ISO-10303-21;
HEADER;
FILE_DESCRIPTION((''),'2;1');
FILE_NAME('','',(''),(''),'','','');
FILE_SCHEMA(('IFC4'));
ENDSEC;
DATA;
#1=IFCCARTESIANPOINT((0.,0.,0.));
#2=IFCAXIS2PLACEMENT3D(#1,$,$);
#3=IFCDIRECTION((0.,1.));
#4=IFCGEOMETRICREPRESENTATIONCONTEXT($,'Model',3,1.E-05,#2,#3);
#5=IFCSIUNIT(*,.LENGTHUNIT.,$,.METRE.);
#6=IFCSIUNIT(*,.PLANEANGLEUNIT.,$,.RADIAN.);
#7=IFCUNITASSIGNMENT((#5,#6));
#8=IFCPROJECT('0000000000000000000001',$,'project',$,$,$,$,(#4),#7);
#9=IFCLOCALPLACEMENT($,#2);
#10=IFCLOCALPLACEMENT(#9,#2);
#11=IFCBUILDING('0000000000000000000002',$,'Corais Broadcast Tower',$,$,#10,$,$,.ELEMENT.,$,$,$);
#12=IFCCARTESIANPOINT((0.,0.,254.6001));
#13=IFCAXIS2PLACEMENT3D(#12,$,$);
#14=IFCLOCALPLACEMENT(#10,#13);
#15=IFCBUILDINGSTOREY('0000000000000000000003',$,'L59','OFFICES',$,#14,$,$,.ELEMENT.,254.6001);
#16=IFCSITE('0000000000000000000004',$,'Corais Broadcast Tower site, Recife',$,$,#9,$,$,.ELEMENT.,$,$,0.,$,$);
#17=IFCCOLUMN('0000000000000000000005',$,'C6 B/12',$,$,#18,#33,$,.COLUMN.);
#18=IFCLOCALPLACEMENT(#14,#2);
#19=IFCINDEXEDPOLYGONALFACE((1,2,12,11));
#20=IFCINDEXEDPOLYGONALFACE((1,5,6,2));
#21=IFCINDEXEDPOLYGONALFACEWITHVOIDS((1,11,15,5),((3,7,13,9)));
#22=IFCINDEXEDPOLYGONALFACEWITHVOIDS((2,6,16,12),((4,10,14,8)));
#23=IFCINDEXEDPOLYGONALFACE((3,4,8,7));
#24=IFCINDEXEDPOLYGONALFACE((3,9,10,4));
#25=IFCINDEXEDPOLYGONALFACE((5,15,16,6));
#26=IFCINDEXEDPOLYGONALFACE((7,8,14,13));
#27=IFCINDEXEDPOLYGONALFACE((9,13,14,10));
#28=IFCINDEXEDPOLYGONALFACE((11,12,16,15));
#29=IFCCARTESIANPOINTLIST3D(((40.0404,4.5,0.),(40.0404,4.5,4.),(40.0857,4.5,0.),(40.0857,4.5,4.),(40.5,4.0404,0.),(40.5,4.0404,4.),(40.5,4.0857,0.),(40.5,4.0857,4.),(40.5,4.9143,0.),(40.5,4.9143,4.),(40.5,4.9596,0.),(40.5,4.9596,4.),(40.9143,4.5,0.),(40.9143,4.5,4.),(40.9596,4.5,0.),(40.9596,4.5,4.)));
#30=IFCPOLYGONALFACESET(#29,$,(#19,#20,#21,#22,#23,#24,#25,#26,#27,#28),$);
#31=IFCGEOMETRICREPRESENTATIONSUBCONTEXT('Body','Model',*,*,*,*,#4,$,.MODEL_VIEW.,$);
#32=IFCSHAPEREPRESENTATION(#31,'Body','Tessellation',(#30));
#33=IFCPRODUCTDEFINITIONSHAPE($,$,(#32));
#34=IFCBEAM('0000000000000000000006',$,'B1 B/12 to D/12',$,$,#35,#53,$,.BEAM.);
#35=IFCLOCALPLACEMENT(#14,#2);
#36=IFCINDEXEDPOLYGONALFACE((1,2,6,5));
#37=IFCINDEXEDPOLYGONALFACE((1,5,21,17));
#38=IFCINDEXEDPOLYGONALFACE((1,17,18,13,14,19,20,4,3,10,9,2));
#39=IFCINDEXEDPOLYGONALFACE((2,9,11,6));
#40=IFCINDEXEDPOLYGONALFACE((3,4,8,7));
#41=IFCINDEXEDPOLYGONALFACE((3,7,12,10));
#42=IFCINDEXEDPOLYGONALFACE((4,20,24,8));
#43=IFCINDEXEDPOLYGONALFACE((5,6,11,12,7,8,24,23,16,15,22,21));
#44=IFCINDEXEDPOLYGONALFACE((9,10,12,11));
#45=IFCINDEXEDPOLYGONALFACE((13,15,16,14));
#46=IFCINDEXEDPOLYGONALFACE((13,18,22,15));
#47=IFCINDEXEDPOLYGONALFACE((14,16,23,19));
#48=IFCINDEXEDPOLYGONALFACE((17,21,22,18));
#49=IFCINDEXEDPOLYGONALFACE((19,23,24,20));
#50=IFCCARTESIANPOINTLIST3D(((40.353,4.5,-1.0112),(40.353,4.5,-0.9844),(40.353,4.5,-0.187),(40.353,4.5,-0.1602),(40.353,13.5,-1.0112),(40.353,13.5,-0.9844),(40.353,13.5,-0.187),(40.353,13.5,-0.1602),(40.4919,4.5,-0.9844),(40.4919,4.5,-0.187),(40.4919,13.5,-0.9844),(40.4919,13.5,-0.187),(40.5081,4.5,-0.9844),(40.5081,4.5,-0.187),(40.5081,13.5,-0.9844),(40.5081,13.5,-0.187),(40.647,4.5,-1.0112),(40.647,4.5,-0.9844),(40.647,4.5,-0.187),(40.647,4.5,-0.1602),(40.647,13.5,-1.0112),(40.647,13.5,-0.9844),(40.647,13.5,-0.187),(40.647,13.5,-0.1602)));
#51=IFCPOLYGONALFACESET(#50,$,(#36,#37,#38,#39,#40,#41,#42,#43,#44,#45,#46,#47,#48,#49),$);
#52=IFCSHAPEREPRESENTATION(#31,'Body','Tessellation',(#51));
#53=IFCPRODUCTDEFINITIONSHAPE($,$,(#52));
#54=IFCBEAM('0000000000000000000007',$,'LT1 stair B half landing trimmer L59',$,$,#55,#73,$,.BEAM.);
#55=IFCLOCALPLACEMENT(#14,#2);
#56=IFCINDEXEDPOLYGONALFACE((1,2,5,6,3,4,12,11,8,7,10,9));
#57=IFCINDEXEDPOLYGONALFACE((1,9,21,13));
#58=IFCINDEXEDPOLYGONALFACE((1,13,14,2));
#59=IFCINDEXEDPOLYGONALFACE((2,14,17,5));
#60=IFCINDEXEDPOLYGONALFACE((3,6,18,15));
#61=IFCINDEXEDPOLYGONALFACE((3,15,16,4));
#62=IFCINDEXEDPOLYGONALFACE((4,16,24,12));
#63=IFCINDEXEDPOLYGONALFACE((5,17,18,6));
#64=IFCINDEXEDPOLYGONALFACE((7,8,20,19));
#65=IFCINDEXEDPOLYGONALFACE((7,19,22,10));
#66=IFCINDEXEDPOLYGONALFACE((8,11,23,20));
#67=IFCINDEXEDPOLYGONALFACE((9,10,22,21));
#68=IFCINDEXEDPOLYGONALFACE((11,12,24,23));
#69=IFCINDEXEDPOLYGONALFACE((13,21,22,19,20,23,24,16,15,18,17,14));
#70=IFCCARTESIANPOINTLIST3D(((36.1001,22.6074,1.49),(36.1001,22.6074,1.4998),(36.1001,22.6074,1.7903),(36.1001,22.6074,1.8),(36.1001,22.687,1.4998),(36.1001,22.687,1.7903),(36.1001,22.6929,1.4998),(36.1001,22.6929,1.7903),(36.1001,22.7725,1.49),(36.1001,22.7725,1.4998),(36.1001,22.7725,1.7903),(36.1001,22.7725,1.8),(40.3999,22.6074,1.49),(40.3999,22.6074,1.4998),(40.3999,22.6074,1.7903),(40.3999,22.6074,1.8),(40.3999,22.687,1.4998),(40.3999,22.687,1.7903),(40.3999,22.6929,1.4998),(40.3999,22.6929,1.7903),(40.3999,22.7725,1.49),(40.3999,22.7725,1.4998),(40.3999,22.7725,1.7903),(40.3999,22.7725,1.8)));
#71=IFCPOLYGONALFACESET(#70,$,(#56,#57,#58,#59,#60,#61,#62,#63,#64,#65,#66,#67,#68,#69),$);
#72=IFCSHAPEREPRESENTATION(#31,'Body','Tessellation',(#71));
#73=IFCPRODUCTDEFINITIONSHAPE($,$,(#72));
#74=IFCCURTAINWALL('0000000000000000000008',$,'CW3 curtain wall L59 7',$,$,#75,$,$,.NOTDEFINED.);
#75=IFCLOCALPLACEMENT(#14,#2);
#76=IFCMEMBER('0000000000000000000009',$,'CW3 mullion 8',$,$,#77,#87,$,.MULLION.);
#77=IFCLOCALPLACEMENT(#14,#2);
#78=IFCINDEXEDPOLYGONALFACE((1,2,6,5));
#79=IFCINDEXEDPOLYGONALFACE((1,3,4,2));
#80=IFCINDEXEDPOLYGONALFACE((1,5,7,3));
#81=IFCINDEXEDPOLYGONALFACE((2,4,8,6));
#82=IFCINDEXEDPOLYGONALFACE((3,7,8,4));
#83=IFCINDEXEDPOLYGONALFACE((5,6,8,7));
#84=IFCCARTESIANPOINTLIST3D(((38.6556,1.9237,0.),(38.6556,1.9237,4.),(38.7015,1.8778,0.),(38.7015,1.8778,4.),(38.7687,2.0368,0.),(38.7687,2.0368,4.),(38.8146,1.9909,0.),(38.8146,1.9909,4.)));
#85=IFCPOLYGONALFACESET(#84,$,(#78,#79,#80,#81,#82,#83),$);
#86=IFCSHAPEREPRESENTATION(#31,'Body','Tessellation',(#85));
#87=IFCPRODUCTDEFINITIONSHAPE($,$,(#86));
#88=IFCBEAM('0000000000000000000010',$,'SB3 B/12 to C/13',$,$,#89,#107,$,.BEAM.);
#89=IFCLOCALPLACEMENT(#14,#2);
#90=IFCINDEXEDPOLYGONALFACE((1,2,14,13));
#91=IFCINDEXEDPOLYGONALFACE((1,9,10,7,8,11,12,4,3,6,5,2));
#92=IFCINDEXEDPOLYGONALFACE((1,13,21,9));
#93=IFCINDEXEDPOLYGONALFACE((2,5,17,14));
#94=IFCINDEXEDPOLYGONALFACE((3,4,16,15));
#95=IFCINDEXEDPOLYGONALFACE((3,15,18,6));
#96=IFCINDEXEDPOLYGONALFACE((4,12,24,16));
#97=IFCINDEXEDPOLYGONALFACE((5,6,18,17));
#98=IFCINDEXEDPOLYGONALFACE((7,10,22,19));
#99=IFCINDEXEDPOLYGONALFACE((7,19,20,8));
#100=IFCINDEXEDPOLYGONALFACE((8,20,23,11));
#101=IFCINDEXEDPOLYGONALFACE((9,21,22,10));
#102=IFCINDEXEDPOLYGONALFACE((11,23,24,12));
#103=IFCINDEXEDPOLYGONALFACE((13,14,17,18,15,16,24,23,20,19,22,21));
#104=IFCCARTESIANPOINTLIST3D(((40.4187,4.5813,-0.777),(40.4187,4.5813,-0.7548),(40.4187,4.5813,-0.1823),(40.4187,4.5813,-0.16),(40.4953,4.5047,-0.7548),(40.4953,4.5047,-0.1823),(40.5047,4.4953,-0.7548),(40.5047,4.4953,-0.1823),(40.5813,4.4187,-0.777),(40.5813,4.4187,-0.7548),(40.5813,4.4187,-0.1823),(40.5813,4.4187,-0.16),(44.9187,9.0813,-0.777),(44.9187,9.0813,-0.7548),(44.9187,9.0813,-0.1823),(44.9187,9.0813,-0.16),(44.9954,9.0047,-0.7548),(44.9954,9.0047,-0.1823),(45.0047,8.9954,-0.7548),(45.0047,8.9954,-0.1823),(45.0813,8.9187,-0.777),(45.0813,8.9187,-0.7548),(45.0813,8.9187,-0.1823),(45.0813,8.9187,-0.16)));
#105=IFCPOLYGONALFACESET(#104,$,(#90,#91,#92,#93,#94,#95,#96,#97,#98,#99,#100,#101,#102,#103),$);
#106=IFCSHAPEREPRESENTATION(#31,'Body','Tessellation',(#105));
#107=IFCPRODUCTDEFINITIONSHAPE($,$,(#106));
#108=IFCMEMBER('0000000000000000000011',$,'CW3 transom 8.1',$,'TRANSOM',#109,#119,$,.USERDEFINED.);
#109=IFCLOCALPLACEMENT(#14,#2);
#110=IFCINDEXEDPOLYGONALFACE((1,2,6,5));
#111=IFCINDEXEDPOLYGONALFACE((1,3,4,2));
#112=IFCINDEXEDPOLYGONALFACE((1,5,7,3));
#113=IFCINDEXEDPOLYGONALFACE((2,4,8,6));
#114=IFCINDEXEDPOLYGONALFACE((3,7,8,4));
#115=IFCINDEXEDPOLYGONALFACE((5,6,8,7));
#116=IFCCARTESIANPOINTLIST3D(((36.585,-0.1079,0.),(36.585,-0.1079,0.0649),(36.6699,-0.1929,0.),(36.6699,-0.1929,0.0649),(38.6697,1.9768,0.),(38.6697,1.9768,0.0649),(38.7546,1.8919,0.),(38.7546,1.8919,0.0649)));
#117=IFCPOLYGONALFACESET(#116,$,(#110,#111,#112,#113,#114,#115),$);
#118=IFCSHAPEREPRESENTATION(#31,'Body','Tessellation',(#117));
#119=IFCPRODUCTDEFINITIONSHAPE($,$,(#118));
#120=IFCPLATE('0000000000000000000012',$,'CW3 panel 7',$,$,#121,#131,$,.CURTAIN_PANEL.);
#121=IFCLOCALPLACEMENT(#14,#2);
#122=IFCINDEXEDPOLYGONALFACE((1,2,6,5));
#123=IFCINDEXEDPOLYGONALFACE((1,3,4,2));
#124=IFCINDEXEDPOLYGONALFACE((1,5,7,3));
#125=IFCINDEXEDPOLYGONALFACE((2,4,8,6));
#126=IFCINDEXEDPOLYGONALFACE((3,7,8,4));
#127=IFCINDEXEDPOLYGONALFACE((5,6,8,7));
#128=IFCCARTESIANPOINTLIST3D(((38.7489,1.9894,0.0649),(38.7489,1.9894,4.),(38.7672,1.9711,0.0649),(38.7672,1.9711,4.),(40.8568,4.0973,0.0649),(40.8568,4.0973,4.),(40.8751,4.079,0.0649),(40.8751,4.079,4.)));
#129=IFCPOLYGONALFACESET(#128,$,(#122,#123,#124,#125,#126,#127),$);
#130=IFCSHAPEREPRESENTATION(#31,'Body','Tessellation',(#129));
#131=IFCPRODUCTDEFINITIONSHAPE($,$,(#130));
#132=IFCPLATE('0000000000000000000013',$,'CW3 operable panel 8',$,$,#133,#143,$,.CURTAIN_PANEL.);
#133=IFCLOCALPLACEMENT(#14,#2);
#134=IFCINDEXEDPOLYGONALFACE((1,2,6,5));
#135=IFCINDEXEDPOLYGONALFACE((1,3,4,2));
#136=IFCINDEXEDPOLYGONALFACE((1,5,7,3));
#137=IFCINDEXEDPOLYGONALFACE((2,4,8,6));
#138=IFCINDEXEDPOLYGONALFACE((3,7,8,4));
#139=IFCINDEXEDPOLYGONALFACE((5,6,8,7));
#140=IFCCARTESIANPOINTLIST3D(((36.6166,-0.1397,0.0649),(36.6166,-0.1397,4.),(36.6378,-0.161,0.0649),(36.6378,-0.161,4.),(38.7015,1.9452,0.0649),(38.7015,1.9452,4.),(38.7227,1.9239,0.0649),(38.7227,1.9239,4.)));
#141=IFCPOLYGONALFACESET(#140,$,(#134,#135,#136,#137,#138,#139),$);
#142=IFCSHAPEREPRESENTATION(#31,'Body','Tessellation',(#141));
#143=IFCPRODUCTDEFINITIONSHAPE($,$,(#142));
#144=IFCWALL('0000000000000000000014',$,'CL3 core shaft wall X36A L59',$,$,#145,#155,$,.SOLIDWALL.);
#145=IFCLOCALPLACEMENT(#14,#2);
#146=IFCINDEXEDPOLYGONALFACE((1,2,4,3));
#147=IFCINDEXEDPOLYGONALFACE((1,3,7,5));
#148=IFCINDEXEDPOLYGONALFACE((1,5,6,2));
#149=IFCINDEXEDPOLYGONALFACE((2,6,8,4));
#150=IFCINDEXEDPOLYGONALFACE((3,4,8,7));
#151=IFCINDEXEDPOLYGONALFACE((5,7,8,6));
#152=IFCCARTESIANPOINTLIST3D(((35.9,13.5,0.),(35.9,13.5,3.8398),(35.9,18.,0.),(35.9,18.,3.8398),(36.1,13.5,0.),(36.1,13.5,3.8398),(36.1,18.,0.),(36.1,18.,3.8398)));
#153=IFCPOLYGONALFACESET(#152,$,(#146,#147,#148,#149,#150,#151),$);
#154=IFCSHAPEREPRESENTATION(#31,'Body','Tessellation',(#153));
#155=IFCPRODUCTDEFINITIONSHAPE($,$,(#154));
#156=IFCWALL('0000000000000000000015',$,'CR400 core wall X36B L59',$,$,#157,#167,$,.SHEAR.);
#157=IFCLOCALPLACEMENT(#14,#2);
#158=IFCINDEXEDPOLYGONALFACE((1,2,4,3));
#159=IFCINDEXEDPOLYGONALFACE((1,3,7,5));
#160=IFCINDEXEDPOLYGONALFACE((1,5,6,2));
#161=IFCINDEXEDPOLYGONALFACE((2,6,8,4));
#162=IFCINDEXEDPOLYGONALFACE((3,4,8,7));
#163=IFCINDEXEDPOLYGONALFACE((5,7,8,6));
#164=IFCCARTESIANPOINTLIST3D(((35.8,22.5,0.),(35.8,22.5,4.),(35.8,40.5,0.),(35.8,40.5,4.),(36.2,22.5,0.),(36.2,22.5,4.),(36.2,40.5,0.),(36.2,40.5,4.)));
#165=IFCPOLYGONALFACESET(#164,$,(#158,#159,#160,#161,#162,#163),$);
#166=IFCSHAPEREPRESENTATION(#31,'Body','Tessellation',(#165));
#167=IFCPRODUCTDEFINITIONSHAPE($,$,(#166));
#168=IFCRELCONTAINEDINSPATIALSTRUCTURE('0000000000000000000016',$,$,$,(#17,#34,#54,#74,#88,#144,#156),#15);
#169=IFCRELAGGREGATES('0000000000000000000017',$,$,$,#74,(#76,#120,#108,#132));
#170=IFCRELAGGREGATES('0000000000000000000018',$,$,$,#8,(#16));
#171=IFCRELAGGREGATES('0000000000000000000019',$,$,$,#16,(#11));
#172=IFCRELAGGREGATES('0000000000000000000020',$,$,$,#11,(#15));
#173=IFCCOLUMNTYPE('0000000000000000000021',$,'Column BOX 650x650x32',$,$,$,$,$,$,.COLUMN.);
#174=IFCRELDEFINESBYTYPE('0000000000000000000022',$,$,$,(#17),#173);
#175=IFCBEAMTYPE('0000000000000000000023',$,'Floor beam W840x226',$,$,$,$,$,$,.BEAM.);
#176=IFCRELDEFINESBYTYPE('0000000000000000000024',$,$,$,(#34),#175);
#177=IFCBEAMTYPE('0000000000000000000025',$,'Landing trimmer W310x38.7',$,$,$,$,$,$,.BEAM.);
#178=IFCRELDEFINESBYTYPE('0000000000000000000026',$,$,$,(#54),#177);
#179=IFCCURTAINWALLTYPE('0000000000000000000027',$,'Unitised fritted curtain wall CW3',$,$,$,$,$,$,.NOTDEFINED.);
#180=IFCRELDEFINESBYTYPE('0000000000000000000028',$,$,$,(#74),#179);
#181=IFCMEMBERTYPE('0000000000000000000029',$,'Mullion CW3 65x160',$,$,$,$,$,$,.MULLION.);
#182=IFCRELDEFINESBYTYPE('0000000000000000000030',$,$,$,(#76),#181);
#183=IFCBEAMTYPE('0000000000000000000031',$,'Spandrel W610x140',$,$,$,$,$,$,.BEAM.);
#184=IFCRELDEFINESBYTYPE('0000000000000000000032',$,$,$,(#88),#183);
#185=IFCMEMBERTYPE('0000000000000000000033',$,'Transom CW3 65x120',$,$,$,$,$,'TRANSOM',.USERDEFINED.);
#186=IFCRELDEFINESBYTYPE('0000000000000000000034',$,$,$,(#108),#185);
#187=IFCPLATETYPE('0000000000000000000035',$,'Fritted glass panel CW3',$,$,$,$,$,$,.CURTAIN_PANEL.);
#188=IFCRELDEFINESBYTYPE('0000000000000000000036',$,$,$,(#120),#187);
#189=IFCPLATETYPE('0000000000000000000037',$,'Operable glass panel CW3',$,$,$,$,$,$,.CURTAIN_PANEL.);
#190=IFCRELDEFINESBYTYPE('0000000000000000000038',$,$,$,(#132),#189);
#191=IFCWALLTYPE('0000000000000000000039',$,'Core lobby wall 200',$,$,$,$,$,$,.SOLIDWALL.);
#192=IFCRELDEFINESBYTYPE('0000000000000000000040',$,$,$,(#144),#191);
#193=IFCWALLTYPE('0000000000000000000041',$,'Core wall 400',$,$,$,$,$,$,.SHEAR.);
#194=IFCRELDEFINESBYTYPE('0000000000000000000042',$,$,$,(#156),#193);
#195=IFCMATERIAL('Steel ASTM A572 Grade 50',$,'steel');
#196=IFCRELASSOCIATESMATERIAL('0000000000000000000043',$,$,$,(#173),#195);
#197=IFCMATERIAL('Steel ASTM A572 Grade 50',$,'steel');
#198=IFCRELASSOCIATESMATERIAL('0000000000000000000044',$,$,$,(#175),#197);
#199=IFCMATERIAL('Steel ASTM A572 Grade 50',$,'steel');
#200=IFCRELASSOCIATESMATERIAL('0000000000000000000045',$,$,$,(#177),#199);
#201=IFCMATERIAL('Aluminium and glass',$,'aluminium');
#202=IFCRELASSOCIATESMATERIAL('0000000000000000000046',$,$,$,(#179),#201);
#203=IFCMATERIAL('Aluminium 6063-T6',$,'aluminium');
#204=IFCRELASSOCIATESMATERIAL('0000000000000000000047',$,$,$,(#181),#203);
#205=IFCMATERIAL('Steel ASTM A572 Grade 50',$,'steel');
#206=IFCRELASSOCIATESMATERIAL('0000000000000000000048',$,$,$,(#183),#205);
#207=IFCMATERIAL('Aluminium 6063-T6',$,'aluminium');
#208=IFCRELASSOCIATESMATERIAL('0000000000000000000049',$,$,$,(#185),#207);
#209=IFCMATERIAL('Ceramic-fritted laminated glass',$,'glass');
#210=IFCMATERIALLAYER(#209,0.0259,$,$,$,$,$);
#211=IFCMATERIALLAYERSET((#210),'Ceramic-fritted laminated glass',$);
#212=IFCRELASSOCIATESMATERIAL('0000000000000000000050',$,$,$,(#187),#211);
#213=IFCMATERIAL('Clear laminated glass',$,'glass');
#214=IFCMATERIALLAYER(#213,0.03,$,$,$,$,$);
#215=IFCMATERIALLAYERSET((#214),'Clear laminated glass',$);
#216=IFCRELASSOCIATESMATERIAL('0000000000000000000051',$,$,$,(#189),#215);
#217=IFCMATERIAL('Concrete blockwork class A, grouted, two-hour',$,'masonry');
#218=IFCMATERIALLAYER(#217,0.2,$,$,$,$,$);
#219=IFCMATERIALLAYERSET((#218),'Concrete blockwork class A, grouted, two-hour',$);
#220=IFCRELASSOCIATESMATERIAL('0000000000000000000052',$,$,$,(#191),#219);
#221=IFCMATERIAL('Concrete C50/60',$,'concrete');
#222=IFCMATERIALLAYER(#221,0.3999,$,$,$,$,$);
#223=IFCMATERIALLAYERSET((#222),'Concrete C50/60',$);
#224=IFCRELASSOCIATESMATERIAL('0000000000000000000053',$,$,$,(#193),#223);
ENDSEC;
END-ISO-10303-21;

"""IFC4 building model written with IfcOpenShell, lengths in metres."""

from ifc_helpers import new_model, si_unit, direction, frame, frame_2d, origin, origin_2d, place, context, subcontext, project, spatial, rectangle, hollow_rectangle, i_section, extrude, material, layer, layer_set, material_profile, profile_set, type_object, element, aggregate, save


model = new_model("IFC4")

# Units and contexts
model_context = context("Model", 3, precision=1e-05, world=origin(), true_north=direction((0.0, 1.0)))
body_context = subcontext(model_context, "Body", "Model", "MODEL_VIEW")
ifc_project = project(units=[si_unit("LENGTHUNIT", "METRE"), si_unit("PLANEANGLEUNIT", "RADIAN")], contexts=[model_context])

# Site, building, storey
site_placement = place(None, origin())
site = spatial("IfcSite", under=ifc_project, at=site_placement, Name="Corais Broadcast Tower site, Recife", CompositionType="ELEMENT", RefElevation=0.0)
building_placement = place(site_placement, origin())
building = spatial("IfcBuilding", under=site, at=building_placement, Name="Corais Broadcast Tower", CompositionType="ELEMENT")
storey_placement = place(building_placement, frame((0.0, 0.0, 254.6001)))
storey = spatial("IfcBuildingStorey", under=building, at=storey_placement, Name="L59", Description="OFFICES", CompositionType="ELEMENT", Elevation=254.6001)

# Column
ifc_material_1 = material(Name="Steel ASTM A572 Grade 50", Category="steel")
ifc_material_profile_1 = material_profile(ifc_material_1, hollow_rectangle(XDim=0.6499, YDim=0.6499, WallThickness=0.032, at=origin_2d()), Name="BOX 650x650x32")
ifc_profile_set_1 = profile_set([ifc_material_profile_1], Name="Steel ASTM A572 Grade 50")
column_type = type_object("IfcColumnType", Name="Column BOX 650x650x32", PredefinedType="COLUMN", material=ifc_profile_set_1)
column_placement = place(storey_placement, frame((40.5, 4.5, 0.0), z_axis=(0.0, 0.0, 1.0), x_axis=(0.707107, 0.707107, 0.0)))
element("IfcColumn", 1, at=column_placement, inside=storey, type_object=column_type, Name="C6 B/12", PredefinedType="COLUMN", context=body_context, shape_type="SweptSolid", body=[
    extrude(hollow_rectangle(XDim=0.6499, YDim=0.6499, WallThickness=0.032, at=origin_2d()), origin(), (0.0, 0.0, 1.0), 4.0),
])

# Beams
ifc_material_2 = material(Name="Steel ASTM A572 Grade 50", Category="steel")
ifc_material_profile_2 = material_profile(ifc_material_2, i_section(OverallWidth=0.2939, OverallDepth=0.8511, WebThickness=0.0161, FlangeThickness=0.0269, at=origin_2d()), Name="W840x226")
ifc_profile_set_2 = profile_set([ifc_material_profile_2], Name="Steel ASTM A572 Grade 50")
beam_type_1 = type_object("IfcBeamType", Name="Floor beam W840x226", PredefinedType="BEAM", material=ifc_profile_set_2)
beam_1_placement = place(storey_placement, frame((40.5, 4.5, -0.5857), z_axis=(0.0, 1.0, 0.0), x_axis=(-1.0, 0.0, 0.0)))
element("IfcBeam", 2, at=beam_1_placement, inside=storey, type_object=beam_type_1, Name="B1 B/12 to D/12", PredefinedType="BEAM", context=body_context, shape_type="SweptSolid", body=[
    extrude(i_section(OverallWidth=0.2939, OverallDepth=0.8511, WebThickness=0.0161, FlangeThickness=0.0269, at=origin_2d()), origin(), (0.0, 0.0, 1.0), 9.0),
])
ifc_material_3 = material(Name="Steel ASTM A572 Grade 50", Category="steel")
ifc_material_profile_3 = material_profile(ifc_material_3, i_section(OverallWidth=0.165, OverallDepth=0.3101, WebThickness=0.0059, FlangeThickness=0.0098, at=origin_2d()), Name="W310x38.7")
ifc_profile_set_3 = profile_set([ifc_material_profile_3], Name="Steel ASTM A572 Grade 50")
beam_type_2 = type_object("IfcBeamType", Name="Landing trimmer W310x38.7", PredefinedType="BEAM", material=ifc_profile_set_3)
beam_2_placement = place(storey_placement, frame((36.1001, 22.6899, 1.645), z_axis=(1.0, 0.0, 0.0), x_axis=(0.0, 1.0, 0.0)))
element("IfcBeam", 3, at=beam_2_placement, inside=storey, type_object=beam_type_2, Name="LT1 stair B half landing trimmer L59", PredefinedType="BEAM", context=body_context, shape_type="SweptSolid", body=[
    extrude(i_section(OverallWidth=0.165, OverallDepth=0.3101, WebThickness=0.0059, FlangeThickness=0.0098, at=origin_2d()), origin(), (0.0, 0.0, 1.0), 4.2998),
])

# Curtain wall, member
ifc_material_4 = material(Name="Aluminium and glass", Category="aluminium")
curtain_wall_type = type_object("IfcCurtainWallType", Name="Unitised fritted curtain wall CW3", PredefinedType="NOTDEFINED", material=ifc_material_4)
curtain_wall_placement = place(storey_placement, origin())
curtain_wall = element("IfcCurtainWall", 4, at=curtain_wall_placement, inside=storey, type_object=curtain_wall_type, Name="CW3 curtain wall L59 7", PredefinedType="NOTDEFINED")
ifc_material_5 = material(Name="Aluminium 6063-T6", Category="aluminium")
ifc_material_profile_4 = material_profile(ifc_material_5, rectangle(XDim=0.0649, YDim=0.1599, at=origin_2d()), Name="Mullion CW3 65x160")
ifc_profile_set_4 = profile_set([ifc_material_profile_4], Name="Aluminium 6063-T6")
member_type_1 = type_object("IfcMemberType", Name="Mullion CW3 65x160", PredefinedType="MULLION", material=ifc_profile_set_4)
member_1_placement = place(storey_placement, frame((38.7351, 1.9573, 0.0), z_axis=(0.0, 0.0, 1.0), x_axis=(0.707107, -0.707107, 0.0)))
member_1 = element("IfcMember", 5, at=member_1_placement, type_object=member_type_1, Name="CW3 mullion 8", PredefinedType="MULLION", context=body_context, shape_type="SweptSolid", body=[
    extrude(rectangle(XDim=0.0649, YDim=0.1599, at=origin_2d()), origin(), (0.0, 0.0, 1.0), 4.0),
])

# Beam
ifc_material_6 = material(Name="Steel ASTM A572 Grade 50", Category="steel")
ifc_material_profile_5 = material_profile(ifc_material_6, i_section(OverallWidth=0.23, OverallDepth=0.6169, WebThickness=0.0132, FlangeThickness=0.0222, at=origin_2d()), Name="W610x140")
ifc_profile_set_5 = profile_set([ifc_material_profile_5], Name="Steel ASTM A572 Grade 50")
beam_type_3 = type_object("IfcBeamType", Name="Spandrel W610x140", PredefinedType="BEAM", material=ifc_profile_set_5)
beam_3_placement = place(storey_placement, frame((40.5, 4.5, -0.4685), z_axis=(0.707107, 0.707107, 0.0), x_axis=(-0.707107, 0.707107, 0.0)))
element("IfcBeam", 6, at=beam_3_placement, inside=storey, type_object=beam_type_3, Name="SB3 B/12 to C/13", PredefinedType="BEAM", context=body_context, shape_type="SweptSolid", body=[
    extrude(i_section(OverallWidth=0.23, OverallDepth=0.6169, WebThickness=0.0132, FlangeThickness=0.0222, at=origin_2d()), origin(), (0.0, 0.0, 1.0), 6.364),
])

# Member
ifc_material_7 = material(Name="Aluminium 6063-T6", Category="aluminium")
ifc_material_profile_6 = material_profile(ifc_material_7, rectangle(XDim=0.1201, YDim=0.0649, at=origin_2d()), Name="Transom CW3 65x120")
ifc_profile_set_6 = profile_set([ifc_material_profile_6], Name="Aluminium 6063-T6")
member_type_2 = type_object("IfcMemberType", Name="Transom CW3 65x120", ElementType="TRANSOM", PredefinedType="USERDEFINED", material=ifc_profile_set_6)
member_2_placement = place(storey_placement, frame((38.7122, 1.9343, 0.0325), z_axis=(-0.707107, -0.707107, 0.0), x_axis=(0.707107, -0.707107, 0.0)))
member_2 = element("IfcMember", 7, at=member_2_placement, type_object=member_type_2, Name="CW3 transom 8.1", ObjectType="TRANSOM", PredefinedType="USERDEFINED", context=body_context, shape_type="SweptSolid", body=[
    extrude(rectangle(XDim=0.1201, YDim=0.0649, at=origin_2d()), origin(), (0.0, 0.0, 1.0), 2.9482),
])

# Plates
ifc_material_8 = material(Name="Ceramic-fritted laminated glass", Category="glass")
ifc_layer_1 = layer(ifc_material_8, 0.0259)
ifc_layer_set_1 = layer_set([ifc_layer_1], Name="Ceramic-fritted laminated glass")
plate_type_1 = type_object("IfcPlateType", Name="Fritted glass panel CW3", PredefinedType="CURTAIN_PANEL", material=ifc_layer_set_1)
plate_1_placement = place(storey_placement, frame((39.812, 3.0342, 0.0649), z_axis=(0.0, 0.0, 1.0), x_axis=(-0.707107, -0.707107, 0.0)))
plate_1 = element("IfcPlate", 8, at=plate_1_placement, type_object=plate_type_1, Name="CW3 panel 7", PredefinedType="CURTAIN_PANEL", context=body_context, shape_type="SweptSolid", body=[
    extrude(rectangle(XDim=2.981, YDim=0.0259, at=origin_2d()), origin(), (0.0, 0.0, 1.0), 3.9351),
])
ifc_material_9 = material(Name="Clear laminated glass", Category="glass")
ifc_layer_2 = layer(ifc_material_9, 0.03)
ifc_layer_set_2 = layer_set([ifc_layer_2], Name="Clear laminated glass")
plate_type_2 = type_object("IfcPlateType", Name="Operable glass panel CW3", PredefinedType="CURTAIN_PANEL", material=ifc_layer_set_2)
plate_2_placement = place(storey_placement, frame((37.6697, 0.8921, 0.0649), z_axis=(0.0, 0.0, 1.0), x_axis=(-0.707107, -0.707107, 0.0)))
plate_2 = element("IfcPlate", 9, at=plate_2_placement, type_object=plate_type_2, Name="CW3 operable panel 8", PredefinedType="CURTAIN_PANEL", context=body_context, shape_type="SweptSolid", body=[
    extrude(rectangle(XDim=2.9485, YDim=0.03, at=origin_2d()), origin(), (0.0, 0.0, 1.0), 3.9351),
])
aggregate(curtain_wall, [member_1, plate_1, member_2, plate_2])

# Walls
ifc_material_10 = material(Name="Concrete blockwork class A, grouted, two-hour", Category="masonry")
ifc_layer_3 = layer(ifc_material_10, 0.2)
ifc_layer_set_3 = layer_set([ifc_layer_3], Name="Concrete blockwork class A, grouted, two-hour")
wall_type_1 = type_object("IfcWallType", Name="Core lobby wall 200", PredefinedType="SOLIDWALL", material=ifc_layer_set_3)
wall_1_placement = place(storey_placement, frame((36.0, 13.5, 0.0), z_axis=(0.0, 0.0, 1.0), x_axis=(0.0, 1.0, 0.0)))
element("IfcWall", 10, at=wall_1_placement, inside=storey, type_object=wall_type_1, Name="CL3 core shaft wall X36A L59", PredefinedType="SOLIDWALL", context=body_context, shape_type="SweptSolid", body=[
    extrude(rectangle(XDim=4.5, YDim=0.2, at=frame_2d((2.25, 0.0))), origin(), (0.0, 0.0, 1.0), 3.8398),
])
ifc_material_11 = material(Name="Concrete C50/60", Category="concrete")
ifc_layer_4 = layer(ifc_material_11, 0.3999)
ifc_layer_set_4 = layer_set([ifc_layer_4], Name="Concrete C50/60")
wall_type_2 = type_object("IfcWallType", Name="Core wall 400", PredefinedType="SHEAR", material=ifc_layer_set_4)
wall_2_placement = place(storey_placement, frame((36.0, 22.5, 0.0), z_axis=(0.0, 0.0, 1.0), x_axis=(0.0, 1.0, 0.0)))
element("IfcWall", 11, at=wall_2_placement, inside=storey, type_object=wall_type_2, Name="CR400 core wall X36B L59", PredefinedType="SHEAR", context=body_context, shape_type="SweptSolid", body=[
    extrude(rectangle(XDim=18.0, YDim=0.3999, at=frame_2d((9.0, 0.0))), origin(), (0.0, 0.0, 1.0), 4.0),
])

save(model, "model.ifc")
